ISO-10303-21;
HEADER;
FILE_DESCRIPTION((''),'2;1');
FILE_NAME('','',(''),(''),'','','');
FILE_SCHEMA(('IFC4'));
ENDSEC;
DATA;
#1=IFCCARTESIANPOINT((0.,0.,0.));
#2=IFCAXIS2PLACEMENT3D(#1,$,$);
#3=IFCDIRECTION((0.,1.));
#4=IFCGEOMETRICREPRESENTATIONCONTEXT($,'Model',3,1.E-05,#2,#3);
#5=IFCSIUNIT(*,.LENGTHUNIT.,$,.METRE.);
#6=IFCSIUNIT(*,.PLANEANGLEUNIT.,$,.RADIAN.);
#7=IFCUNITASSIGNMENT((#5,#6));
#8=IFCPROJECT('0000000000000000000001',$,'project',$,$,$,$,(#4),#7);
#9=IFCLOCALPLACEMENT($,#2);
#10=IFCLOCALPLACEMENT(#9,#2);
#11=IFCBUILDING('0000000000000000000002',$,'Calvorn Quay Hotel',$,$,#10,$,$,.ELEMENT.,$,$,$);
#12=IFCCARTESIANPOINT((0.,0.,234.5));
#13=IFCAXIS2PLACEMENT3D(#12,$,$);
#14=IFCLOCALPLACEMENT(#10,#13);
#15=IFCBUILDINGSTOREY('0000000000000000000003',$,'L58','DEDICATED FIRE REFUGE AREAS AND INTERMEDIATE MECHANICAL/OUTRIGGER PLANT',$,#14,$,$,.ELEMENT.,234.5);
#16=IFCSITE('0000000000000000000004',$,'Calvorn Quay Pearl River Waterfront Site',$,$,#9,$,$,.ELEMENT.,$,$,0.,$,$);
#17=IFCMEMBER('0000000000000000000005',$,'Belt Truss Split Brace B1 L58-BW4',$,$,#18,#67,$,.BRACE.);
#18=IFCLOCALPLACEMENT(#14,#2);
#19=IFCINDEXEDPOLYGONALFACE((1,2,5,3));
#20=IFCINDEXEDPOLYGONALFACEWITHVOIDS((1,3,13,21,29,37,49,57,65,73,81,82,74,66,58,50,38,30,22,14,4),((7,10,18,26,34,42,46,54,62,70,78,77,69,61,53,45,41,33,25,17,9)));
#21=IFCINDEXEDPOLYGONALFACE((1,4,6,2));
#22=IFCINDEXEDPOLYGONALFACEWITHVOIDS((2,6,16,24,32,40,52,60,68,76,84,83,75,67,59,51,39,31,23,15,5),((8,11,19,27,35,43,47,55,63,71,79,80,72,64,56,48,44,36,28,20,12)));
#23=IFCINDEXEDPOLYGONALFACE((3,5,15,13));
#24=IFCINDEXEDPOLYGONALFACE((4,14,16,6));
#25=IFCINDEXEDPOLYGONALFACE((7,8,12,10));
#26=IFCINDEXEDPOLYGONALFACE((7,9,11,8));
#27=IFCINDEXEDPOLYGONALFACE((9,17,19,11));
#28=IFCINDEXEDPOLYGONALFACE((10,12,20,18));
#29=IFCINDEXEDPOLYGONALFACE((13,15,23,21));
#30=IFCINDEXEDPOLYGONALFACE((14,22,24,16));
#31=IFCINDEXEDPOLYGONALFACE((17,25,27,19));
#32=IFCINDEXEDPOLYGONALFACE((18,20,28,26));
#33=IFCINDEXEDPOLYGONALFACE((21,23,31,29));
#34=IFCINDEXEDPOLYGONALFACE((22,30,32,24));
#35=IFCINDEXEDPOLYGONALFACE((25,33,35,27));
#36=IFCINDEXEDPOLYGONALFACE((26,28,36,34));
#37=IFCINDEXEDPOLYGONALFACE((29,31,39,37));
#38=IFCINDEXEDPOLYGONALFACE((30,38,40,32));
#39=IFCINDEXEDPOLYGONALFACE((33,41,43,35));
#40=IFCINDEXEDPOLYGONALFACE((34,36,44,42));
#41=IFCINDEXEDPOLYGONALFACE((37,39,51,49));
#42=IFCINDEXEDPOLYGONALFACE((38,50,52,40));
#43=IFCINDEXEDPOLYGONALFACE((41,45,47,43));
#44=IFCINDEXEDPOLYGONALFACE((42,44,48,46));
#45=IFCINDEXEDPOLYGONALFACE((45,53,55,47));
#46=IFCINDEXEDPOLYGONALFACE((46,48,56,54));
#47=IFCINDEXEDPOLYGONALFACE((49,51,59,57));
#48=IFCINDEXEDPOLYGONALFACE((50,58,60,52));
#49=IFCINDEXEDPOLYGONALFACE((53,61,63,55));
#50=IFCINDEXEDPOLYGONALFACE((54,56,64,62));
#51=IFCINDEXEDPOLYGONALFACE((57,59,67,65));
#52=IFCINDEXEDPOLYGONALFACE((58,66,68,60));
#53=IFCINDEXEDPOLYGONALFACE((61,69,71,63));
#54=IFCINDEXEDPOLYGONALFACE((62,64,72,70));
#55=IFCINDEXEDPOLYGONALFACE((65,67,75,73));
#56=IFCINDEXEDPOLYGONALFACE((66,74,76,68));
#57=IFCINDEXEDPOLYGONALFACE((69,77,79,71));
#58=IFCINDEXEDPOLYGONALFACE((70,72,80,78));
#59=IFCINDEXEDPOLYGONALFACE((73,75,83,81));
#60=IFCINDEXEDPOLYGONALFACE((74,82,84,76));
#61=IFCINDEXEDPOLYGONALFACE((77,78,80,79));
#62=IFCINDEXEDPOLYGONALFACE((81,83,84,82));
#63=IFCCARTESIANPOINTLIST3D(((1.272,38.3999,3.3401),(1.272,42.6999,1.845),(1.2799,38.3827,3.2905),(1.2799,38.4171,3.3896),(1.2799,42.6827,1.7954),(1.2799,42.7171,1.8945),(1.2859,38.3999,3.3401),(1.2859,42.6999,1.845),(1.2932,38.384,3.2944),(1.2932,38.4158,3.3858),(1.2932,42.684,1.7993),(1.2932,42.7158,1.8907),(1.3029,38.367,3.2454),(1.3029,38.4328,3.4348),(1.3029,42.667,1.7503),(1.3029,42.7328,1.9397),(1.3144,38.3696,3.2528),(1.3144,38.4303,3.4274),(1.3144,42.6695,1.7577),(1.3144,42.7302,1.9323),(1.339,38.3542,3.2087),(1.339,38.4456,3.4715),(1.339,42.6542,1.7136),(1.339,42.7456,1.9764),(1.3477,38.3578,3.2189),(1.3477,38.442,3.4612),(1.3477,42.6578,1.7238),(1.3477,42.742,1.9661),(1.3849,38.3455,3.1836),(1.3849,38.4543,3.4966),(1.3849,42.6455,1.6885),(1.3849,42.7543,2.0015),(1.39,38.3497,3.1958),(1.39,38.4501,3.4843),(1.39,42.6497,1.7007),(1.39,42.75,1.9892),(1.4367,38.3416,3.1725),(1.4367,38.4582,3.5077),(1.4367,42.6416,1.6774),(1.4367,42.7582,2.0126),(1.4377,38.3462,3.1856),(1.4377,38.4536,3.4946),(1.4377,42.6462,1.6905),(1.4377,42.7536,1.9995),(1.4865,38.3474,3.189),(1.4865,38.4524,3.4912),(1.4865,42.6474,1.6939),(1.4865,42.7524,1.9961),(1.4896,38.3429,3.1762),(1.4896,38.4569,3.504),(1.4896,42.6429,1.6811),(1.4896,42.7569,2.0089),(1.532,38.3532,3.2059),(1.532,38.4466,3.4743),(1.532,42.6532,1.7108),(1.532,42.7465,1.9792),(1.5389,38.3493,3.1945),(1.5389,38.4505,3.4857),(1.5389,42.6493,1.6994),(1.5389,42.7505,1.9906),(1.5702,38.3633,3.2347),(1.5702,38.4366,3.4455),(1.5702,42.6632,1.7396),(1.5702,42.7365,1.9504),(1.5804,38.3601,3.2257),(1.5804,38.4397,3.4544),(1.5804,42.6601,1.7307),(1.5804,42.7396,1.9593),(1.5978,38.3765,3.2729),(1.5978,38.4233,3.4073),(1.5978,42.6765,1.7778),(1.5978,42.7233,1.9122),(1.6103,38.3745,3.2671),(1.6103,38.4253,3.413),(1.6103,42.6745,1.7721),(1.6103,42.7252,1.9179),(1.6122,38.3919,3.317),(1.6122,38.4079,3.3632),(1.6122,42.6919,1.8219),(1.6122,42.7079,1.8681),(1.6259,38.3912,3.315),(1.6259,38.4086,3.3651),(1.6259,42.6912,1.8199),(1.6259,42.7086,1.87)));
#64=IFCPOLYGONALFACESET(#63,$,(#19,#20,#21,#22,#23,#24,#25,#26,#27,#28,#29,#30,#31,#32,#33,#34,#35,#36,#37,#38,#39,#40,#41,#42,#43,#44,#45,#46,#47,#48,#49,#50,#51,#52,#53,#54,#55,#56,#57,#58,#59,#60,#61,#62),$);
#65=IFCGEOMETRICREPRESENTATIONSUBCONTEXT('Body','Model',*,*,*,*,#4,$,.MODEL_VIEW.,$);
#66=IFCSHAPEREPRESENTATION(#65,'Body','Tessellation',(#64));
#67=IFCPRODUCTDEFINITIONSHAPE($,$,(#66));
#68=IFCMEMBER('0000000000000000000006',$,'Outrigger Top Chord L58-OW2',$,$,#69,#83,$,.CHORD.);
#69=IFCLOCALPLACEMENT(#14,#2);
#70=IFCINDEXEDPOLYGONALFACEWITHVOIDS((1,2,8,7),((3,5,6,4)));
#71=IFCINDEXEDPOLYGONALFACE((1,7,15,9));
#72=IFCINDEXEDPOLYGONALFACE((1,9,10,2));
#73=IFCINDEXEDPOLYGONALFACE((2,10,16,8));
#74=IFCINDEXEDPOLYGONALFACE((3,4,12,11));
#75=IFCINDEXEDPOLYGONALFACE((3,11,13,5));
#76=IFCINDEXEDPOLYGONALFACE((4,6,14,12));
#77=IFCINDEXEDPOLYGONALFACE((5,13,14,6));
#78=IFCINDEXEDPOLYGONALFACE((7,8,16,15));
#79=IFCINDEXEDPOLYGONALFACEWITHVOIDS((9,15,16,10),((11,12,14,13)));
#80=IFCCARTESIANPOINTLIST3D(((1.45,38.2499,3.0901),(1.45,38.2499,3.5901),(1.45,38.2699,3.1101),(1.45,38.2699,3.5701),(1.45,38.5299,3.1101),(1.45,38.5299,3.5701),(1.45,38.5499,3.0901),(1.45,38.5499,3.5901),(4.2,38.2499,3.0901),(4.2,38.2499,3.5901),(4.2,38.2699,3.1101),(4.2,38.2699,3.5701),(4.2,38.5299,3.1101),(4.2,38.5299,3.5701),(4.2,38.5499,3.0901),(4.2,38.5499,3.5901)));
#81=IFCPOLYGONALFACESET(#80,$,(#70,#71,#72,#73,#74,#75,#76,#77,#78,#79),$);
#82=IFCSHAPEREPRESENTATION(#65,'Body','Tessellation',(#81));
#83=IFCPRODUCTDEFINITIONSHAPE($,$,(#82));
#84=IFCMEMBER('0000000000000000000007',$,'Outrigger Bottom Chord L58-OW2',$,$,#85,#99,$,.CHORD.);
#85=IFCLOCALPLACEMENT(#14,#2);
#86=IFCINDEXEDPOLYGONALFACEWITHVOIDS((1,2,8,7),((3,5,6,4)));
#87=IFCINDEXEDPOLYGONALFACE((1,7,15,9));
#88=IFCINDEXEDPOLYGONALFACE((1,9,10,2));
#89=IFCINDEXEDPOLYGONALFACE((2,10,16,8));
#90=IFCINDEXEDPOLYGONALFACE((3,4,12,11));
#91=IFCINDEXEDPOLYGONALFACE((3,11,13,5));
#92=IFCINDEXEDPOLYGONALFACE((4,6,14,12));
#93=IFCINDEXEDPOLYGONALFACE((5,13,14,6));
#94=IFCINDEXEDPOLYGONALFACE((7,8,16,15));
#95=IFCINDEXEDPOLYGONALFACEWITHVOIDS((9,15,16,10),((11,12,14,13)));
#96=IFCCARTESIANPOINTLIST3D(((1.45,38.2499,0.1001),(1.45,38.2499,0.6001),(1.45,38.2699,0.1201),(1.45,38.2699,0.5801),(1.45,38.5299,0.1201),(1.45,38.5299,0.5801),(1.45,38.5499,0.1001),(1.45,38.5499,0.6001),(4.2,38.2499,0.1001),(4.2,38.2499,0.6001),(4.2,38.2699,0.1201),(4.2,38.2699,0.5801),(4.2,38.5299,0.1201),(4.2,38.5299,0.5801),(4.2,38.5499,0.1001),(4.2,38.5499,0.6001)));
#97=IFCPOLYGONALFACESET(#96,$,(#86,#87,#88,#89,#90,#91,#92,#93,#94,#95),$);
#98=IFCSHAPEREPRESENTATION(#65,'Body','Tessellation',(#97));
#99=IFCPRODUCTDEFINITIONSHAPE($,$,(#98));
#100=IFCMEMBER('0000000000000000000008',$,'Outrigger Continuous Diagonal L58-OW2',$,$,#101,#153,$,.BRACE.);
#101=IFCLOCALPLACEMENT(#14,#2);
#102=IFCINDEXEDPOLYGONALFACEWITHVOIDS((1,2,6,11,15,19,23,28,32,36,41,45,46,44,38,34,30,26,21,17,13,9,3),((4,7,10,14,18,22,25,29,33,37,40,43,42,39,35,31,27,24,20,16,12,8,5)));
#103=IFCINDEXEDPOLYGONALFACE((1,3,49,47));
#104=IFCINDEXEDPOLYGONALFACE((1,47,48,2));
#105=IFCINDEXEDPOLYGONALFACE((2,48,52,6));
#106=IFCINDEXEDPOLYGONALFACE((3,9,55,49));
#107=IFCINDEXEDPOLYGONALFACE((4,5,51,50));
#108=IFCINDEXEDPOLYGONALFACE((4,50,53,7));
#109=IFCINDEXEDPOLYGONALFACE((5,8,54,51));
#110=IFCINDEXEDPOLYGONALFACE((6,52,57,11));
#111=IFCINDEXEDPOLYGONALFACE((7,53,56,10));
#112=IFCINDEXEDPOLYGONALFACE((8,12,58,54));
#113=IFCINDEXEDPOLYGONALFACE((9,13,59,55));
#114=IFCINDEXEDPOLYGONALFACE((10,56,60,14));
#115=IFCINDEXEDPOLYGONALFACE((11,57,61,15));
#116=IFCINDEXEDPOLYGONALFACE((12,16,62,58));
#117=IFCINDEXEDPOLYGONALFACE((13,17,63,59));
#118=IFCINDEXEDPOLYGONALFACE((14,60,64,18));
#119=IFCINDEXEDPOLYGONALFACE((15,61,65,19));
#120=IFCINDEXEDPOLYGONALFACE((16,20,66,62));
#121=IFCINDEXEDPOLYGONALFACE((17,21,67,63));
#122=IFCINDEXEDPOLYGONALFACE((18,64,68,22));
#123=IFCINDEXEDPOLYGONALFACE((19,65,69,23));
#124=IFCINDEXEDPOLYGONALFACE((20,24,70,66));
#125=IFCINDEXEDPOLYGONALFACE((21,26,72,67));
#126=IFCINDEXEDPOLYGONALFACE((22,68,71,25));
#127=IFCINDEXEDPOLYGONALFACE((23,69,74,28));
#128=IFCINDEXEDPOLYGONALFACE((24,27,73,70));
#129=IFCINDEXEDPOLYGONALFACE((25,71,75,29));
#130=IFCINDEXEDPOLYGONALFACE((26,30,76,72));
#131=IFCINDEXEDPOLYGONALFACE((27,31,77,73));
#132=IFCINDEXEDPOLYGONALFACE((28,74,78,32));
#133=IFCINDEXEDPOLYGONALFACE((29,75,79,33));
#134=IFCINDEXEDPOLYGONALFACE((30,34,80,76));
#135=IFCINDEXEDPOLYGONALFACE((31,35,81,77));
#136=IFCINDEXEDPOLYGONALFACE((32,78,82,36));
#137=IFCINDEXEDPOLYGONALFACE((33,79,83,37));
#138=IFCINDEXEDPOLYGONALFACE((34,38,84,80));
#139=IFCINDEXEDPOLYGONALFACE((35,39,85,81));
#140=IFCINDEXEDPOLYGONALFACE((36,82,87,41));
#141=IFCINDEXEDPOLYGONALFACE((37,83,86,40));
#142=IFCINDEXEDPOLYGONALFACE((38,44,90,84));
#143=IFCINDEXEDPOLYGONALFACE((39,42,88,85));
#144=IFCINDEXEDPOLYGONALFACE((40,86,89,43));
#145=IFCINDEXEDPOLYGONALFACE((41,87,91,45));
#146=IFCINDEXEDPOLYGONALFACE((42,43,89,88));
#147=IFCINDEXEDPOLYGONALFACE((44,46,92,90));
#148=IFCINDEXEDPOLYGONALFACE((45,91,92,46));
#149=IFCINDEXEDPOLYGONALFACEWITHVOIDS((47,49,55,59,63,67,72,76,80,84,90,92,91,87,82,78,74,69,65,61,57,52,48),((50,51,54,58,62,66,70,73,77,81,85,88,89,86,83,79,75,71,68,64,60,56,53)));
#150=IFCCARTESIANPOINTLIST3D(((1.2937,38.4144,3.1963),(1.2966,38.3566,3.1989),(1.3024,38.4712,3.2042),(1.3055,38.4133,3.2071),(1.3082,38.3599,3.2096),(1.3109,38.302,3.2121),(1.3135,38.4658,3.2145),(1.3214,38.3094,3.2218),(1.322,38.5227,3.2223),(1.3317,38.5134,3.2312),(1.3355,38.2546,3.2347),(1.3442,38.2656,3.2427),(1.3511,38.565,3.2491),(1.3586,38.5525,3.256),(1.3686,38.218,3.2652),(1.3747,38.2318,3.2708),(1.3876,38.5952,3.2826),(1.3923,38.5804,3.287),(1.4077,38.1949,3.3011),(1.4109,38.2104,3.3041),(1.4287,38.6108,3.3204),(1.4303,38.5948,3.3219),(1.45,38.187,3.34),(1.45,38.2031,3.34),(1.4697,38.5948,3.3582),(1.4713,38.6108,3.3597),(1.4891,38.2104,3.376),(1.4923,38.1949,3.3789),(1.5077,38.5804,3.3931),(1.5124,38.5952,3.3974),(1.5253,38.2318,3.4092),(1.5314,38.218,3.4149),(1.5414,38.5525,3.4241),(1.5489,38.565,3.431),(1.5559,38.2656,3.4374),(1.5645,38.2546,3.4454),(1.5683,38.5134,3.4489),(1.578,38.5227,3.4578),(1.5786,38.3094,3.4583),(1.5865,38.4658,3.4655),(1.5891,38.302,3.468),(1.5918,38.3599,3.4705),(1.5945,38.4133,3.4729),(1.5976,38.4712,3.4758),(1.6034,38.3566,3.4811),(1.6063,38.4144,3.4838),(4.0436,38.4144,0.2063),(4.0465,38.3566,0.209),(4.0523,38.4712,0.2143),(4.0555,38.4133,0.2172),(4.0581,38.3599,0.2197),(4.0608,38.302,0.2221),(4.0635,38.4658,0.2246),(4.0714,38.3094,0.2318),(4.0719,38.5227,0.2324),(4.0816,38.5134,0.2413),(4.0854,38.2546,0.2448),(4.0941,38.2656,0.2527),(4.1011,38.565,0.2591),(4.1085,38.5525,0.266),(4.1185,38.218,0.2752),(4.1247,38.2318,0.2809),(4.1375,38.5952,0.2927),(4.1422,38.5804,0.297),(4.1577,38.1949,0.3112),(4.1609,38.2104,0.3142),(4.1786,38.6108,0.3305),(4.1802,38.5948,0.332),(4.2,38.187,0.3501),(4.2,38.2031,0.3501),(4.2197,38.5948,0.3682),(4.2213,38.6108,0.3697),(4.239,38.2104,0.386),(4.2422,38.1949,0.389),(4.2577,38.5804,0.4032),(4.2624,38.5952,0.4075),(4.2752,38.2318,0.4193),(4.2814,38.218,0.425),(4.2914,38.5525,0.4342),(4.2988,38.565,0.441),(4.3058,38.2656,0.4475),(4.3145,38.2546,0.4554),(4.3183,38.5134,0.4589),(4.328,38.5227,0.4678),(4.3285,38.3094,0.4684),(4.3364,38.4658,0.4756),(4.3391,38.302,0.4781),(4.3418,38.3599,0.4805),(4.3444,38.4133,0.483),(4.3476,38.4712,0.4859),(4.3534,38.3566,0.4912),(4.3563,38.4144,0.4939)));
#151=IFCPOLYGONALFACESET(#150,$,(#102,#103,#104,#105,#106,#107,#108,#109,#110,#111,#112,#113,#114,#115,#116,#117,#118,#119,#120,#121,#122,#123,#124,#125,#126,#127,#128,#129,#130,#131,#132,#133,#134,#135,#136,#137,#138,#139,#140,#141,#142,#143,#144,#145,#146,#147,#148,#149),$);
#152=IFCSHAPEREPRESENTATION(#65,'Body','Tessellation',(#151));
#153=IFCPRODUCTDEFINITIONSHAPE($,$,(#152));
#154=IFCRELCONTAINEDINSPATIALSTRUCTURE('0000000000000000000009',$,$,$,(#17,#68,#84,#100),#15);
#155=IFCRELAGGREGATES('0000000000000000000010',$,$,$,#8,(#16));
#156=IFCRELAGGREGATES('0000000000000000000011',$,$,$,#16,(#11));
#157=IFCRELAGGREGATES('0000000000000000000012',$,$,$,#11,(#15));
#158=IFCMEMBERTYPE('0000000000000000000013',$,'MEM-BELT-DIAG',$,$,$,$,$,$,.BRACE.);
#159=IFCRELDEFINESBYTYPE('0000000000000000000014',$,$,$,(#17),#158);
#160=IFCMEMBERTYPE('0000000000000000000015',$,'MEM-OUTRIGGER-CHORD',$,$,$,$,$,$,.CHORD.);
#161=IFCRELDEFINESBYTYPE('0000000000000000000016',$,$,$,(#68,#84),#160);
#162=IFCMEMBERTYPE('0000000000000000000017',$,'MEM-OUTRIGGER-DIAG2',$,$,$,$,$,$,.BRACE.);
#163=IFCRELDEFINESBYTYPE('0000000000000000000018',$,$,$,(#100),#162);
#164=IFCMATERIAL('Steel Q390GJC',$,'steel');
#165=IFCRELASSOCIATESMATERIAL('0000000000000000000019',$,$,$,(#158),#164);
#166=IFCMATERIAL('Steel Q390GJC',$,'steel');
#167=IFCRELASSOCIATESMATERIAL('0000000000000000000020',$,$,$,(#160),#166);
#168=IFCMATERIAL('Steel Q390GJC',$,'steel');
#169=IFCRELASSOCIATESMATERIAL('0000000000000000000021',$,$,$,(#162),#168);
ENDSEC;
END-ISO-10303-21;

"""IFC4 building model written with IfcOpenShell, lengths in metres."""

from ifc_helpers import new_model, si_unit, direction, frame, origin, origin_2d, place, context, subcontext, project, spatial, hollow_rectangle, hollow_circle, extrude, material, material_profile, profile_set, type_object, element, save


model = new_model("IFC4")

# Units and contexts
model_context = context("Model", 3, precision=1e-05, world=origin(), true_north=direction((0.0, 1.0)))
body_context = subcontext(model_context, "Body", "Model", "MODEL_VIEW")
ifc_project = project(units=[si_unit("LENGTHUNIT", "METRE"), si_unit("PLANEANGLEUNIT", "RADIAN")], contexts=[model_context])

# Site, building, storey
site_placement = place(None, origin())
site = spatial("IfcSite", under=ifc_project, at=site_placement, Name="Calvorn Quay Pearl River Waterfront Site", CompositionType="ELEMENT", RefElevation=0.0)
building_placement = place(site_placement, origin())
building = spatial("IfcBuilding", under=site, at=building_placement, Name="Calvorn Quay Hotel", CompositionType="ELEMENT")
storey_placement = place(building_placement, frame((0.0, 0.0, 234.5)))
storey = spatial("IfcBuildingStorey", under=building, at=storey_placement, Name="L58", Description="DEDICATED FIRE REFUGE AREAS AND INTERMEDIATE MECHANICAL/OUTRIGGER PLANT", CompositionType="ELEMENT", Elevation=234.5)

# Members
ifc_material_1 = material(Name="Steel Q390GJC", Category="steel")
ifc_material_profile_1 = material_profile(ifc_material_1, hollow_circle(Radius=0.178, WallThickness=0.0139, at=origin_2d()), Name="CHS356x14")
ifc_profile_set_1 = profile_set([ifc_material_profile_1], Name="Steel Q390GJC")
member_type_1 = type_object("IfcMemberType", Name="MEM-BELT-DIAG", PredefinedType="BRACE", material=ifc_profile_set_1)
member_1_placement = place(storey_placement, frame((1.45, 38.3999, 3.3401), z_axis=(0.0, 0.944534, -0.328412), x_axis=(-1.0, 0.0, 0.0)))
element("IfcMember", 1, at=member_1_placement, inside=storey, type_object=member_type_1, Name="Belt Truss Split Brace B1 L58-BW4", PredefinedType="BRACE", context=body_context, shape_type="SweptSolid", body=[
    extrude(hollow_circle(Radius=0.178, WallThickness=0.0139, at=origin_2d()), origin(), (0.0, 0.0, 1.0), 4.5525),
])
ifc_material_2 = material(Name="Steel Q390GJC", Category="steel")
ifc_material_profile_2 = material_profile(ifc_material_2, hollow_rectangle(XDim=0.3, YDim=0.5, WallThickness=0.02, at=origin_2d()), Name="RHS500x300x20")
ifc_profile_set_2 = profile_set([ifc_material_profile_2], Name="Steel Q390GJC")
member_type_2 = type_object("IfcMemberType", Name="MEM-OUTRIGGER-CHORD", PredefinedType="CHORD", material=ifc_profile_set_2)
for number, where, z_axis, x_axis, name in (
    (2, (4.2, 38.3999, 3.3401), (-1.0, 0.0, 0.0), (0.0, -1.0, 0.0), "Outrigger Top Chord L58-OW2"),
    (3, (4.2, 38.3999, 0.3501), (-1.0, 0.0, 0.0), (0.0, -1.0, 0.0), "Outrigger Bottom Chord L58-OW2"),
):
    element("IfcMember", number, at=place(storey_placement, frame(where, z_axis=z_axis, x_axis=x_axis)), inside=storey, type_object=member_type_2, Name=name, PredefinedType="CHORD", context=body_context, shape_type="SweptSolid", body=[
        extrude(hollow_rectangle(XDim=0.3, YDim=0.5, WallThickness=0.02, at=origin_2d()), origin(), (0.0, 0.0, 1.0), 2.75),
    ])
ifc_material_3 = material(Name="Steel Q390GJC", Category="steel")
ifc_material_profile_3 = material_profile(ifc_material_3, hollow_circle(Radius=0.2129, WallThickness=0.0161, at=origin_2d()), Name="CHS426x16")
ifc_profile_set_3 = profile_set([ifc_material_profile_3], Name="Steel Q390GJC")
member_type_3 = type_object("IfcMemberType", Name="MEM-OUTRIGGER-DIAG2", PredefinedType="BRACE", material=ifc_profile_set_3)
member_2_placement = place(storey_placement, frame((4.2, 38.3999, 0.3501), z_axis=(-0.676951, 0.0, 0.736028), x_axis=(0.0, -1.0, 0.0)))
element("IfcMember", 4, at=member_2_placement, inside=storey, type_object=member_type_3, Name="Outrigger Continuous Diagonal L58-OW2", PredefinedType="BRACE", context=body_context, shape_type="SweptSolid", body=[
    extrude(hollow_circle(Radius=0.2129, WallThickness=0.0161, at=origin_2d()), origin(), (0.0, 0.0, 1.0), 4.0623),
])

save(model, "model.ifc")
